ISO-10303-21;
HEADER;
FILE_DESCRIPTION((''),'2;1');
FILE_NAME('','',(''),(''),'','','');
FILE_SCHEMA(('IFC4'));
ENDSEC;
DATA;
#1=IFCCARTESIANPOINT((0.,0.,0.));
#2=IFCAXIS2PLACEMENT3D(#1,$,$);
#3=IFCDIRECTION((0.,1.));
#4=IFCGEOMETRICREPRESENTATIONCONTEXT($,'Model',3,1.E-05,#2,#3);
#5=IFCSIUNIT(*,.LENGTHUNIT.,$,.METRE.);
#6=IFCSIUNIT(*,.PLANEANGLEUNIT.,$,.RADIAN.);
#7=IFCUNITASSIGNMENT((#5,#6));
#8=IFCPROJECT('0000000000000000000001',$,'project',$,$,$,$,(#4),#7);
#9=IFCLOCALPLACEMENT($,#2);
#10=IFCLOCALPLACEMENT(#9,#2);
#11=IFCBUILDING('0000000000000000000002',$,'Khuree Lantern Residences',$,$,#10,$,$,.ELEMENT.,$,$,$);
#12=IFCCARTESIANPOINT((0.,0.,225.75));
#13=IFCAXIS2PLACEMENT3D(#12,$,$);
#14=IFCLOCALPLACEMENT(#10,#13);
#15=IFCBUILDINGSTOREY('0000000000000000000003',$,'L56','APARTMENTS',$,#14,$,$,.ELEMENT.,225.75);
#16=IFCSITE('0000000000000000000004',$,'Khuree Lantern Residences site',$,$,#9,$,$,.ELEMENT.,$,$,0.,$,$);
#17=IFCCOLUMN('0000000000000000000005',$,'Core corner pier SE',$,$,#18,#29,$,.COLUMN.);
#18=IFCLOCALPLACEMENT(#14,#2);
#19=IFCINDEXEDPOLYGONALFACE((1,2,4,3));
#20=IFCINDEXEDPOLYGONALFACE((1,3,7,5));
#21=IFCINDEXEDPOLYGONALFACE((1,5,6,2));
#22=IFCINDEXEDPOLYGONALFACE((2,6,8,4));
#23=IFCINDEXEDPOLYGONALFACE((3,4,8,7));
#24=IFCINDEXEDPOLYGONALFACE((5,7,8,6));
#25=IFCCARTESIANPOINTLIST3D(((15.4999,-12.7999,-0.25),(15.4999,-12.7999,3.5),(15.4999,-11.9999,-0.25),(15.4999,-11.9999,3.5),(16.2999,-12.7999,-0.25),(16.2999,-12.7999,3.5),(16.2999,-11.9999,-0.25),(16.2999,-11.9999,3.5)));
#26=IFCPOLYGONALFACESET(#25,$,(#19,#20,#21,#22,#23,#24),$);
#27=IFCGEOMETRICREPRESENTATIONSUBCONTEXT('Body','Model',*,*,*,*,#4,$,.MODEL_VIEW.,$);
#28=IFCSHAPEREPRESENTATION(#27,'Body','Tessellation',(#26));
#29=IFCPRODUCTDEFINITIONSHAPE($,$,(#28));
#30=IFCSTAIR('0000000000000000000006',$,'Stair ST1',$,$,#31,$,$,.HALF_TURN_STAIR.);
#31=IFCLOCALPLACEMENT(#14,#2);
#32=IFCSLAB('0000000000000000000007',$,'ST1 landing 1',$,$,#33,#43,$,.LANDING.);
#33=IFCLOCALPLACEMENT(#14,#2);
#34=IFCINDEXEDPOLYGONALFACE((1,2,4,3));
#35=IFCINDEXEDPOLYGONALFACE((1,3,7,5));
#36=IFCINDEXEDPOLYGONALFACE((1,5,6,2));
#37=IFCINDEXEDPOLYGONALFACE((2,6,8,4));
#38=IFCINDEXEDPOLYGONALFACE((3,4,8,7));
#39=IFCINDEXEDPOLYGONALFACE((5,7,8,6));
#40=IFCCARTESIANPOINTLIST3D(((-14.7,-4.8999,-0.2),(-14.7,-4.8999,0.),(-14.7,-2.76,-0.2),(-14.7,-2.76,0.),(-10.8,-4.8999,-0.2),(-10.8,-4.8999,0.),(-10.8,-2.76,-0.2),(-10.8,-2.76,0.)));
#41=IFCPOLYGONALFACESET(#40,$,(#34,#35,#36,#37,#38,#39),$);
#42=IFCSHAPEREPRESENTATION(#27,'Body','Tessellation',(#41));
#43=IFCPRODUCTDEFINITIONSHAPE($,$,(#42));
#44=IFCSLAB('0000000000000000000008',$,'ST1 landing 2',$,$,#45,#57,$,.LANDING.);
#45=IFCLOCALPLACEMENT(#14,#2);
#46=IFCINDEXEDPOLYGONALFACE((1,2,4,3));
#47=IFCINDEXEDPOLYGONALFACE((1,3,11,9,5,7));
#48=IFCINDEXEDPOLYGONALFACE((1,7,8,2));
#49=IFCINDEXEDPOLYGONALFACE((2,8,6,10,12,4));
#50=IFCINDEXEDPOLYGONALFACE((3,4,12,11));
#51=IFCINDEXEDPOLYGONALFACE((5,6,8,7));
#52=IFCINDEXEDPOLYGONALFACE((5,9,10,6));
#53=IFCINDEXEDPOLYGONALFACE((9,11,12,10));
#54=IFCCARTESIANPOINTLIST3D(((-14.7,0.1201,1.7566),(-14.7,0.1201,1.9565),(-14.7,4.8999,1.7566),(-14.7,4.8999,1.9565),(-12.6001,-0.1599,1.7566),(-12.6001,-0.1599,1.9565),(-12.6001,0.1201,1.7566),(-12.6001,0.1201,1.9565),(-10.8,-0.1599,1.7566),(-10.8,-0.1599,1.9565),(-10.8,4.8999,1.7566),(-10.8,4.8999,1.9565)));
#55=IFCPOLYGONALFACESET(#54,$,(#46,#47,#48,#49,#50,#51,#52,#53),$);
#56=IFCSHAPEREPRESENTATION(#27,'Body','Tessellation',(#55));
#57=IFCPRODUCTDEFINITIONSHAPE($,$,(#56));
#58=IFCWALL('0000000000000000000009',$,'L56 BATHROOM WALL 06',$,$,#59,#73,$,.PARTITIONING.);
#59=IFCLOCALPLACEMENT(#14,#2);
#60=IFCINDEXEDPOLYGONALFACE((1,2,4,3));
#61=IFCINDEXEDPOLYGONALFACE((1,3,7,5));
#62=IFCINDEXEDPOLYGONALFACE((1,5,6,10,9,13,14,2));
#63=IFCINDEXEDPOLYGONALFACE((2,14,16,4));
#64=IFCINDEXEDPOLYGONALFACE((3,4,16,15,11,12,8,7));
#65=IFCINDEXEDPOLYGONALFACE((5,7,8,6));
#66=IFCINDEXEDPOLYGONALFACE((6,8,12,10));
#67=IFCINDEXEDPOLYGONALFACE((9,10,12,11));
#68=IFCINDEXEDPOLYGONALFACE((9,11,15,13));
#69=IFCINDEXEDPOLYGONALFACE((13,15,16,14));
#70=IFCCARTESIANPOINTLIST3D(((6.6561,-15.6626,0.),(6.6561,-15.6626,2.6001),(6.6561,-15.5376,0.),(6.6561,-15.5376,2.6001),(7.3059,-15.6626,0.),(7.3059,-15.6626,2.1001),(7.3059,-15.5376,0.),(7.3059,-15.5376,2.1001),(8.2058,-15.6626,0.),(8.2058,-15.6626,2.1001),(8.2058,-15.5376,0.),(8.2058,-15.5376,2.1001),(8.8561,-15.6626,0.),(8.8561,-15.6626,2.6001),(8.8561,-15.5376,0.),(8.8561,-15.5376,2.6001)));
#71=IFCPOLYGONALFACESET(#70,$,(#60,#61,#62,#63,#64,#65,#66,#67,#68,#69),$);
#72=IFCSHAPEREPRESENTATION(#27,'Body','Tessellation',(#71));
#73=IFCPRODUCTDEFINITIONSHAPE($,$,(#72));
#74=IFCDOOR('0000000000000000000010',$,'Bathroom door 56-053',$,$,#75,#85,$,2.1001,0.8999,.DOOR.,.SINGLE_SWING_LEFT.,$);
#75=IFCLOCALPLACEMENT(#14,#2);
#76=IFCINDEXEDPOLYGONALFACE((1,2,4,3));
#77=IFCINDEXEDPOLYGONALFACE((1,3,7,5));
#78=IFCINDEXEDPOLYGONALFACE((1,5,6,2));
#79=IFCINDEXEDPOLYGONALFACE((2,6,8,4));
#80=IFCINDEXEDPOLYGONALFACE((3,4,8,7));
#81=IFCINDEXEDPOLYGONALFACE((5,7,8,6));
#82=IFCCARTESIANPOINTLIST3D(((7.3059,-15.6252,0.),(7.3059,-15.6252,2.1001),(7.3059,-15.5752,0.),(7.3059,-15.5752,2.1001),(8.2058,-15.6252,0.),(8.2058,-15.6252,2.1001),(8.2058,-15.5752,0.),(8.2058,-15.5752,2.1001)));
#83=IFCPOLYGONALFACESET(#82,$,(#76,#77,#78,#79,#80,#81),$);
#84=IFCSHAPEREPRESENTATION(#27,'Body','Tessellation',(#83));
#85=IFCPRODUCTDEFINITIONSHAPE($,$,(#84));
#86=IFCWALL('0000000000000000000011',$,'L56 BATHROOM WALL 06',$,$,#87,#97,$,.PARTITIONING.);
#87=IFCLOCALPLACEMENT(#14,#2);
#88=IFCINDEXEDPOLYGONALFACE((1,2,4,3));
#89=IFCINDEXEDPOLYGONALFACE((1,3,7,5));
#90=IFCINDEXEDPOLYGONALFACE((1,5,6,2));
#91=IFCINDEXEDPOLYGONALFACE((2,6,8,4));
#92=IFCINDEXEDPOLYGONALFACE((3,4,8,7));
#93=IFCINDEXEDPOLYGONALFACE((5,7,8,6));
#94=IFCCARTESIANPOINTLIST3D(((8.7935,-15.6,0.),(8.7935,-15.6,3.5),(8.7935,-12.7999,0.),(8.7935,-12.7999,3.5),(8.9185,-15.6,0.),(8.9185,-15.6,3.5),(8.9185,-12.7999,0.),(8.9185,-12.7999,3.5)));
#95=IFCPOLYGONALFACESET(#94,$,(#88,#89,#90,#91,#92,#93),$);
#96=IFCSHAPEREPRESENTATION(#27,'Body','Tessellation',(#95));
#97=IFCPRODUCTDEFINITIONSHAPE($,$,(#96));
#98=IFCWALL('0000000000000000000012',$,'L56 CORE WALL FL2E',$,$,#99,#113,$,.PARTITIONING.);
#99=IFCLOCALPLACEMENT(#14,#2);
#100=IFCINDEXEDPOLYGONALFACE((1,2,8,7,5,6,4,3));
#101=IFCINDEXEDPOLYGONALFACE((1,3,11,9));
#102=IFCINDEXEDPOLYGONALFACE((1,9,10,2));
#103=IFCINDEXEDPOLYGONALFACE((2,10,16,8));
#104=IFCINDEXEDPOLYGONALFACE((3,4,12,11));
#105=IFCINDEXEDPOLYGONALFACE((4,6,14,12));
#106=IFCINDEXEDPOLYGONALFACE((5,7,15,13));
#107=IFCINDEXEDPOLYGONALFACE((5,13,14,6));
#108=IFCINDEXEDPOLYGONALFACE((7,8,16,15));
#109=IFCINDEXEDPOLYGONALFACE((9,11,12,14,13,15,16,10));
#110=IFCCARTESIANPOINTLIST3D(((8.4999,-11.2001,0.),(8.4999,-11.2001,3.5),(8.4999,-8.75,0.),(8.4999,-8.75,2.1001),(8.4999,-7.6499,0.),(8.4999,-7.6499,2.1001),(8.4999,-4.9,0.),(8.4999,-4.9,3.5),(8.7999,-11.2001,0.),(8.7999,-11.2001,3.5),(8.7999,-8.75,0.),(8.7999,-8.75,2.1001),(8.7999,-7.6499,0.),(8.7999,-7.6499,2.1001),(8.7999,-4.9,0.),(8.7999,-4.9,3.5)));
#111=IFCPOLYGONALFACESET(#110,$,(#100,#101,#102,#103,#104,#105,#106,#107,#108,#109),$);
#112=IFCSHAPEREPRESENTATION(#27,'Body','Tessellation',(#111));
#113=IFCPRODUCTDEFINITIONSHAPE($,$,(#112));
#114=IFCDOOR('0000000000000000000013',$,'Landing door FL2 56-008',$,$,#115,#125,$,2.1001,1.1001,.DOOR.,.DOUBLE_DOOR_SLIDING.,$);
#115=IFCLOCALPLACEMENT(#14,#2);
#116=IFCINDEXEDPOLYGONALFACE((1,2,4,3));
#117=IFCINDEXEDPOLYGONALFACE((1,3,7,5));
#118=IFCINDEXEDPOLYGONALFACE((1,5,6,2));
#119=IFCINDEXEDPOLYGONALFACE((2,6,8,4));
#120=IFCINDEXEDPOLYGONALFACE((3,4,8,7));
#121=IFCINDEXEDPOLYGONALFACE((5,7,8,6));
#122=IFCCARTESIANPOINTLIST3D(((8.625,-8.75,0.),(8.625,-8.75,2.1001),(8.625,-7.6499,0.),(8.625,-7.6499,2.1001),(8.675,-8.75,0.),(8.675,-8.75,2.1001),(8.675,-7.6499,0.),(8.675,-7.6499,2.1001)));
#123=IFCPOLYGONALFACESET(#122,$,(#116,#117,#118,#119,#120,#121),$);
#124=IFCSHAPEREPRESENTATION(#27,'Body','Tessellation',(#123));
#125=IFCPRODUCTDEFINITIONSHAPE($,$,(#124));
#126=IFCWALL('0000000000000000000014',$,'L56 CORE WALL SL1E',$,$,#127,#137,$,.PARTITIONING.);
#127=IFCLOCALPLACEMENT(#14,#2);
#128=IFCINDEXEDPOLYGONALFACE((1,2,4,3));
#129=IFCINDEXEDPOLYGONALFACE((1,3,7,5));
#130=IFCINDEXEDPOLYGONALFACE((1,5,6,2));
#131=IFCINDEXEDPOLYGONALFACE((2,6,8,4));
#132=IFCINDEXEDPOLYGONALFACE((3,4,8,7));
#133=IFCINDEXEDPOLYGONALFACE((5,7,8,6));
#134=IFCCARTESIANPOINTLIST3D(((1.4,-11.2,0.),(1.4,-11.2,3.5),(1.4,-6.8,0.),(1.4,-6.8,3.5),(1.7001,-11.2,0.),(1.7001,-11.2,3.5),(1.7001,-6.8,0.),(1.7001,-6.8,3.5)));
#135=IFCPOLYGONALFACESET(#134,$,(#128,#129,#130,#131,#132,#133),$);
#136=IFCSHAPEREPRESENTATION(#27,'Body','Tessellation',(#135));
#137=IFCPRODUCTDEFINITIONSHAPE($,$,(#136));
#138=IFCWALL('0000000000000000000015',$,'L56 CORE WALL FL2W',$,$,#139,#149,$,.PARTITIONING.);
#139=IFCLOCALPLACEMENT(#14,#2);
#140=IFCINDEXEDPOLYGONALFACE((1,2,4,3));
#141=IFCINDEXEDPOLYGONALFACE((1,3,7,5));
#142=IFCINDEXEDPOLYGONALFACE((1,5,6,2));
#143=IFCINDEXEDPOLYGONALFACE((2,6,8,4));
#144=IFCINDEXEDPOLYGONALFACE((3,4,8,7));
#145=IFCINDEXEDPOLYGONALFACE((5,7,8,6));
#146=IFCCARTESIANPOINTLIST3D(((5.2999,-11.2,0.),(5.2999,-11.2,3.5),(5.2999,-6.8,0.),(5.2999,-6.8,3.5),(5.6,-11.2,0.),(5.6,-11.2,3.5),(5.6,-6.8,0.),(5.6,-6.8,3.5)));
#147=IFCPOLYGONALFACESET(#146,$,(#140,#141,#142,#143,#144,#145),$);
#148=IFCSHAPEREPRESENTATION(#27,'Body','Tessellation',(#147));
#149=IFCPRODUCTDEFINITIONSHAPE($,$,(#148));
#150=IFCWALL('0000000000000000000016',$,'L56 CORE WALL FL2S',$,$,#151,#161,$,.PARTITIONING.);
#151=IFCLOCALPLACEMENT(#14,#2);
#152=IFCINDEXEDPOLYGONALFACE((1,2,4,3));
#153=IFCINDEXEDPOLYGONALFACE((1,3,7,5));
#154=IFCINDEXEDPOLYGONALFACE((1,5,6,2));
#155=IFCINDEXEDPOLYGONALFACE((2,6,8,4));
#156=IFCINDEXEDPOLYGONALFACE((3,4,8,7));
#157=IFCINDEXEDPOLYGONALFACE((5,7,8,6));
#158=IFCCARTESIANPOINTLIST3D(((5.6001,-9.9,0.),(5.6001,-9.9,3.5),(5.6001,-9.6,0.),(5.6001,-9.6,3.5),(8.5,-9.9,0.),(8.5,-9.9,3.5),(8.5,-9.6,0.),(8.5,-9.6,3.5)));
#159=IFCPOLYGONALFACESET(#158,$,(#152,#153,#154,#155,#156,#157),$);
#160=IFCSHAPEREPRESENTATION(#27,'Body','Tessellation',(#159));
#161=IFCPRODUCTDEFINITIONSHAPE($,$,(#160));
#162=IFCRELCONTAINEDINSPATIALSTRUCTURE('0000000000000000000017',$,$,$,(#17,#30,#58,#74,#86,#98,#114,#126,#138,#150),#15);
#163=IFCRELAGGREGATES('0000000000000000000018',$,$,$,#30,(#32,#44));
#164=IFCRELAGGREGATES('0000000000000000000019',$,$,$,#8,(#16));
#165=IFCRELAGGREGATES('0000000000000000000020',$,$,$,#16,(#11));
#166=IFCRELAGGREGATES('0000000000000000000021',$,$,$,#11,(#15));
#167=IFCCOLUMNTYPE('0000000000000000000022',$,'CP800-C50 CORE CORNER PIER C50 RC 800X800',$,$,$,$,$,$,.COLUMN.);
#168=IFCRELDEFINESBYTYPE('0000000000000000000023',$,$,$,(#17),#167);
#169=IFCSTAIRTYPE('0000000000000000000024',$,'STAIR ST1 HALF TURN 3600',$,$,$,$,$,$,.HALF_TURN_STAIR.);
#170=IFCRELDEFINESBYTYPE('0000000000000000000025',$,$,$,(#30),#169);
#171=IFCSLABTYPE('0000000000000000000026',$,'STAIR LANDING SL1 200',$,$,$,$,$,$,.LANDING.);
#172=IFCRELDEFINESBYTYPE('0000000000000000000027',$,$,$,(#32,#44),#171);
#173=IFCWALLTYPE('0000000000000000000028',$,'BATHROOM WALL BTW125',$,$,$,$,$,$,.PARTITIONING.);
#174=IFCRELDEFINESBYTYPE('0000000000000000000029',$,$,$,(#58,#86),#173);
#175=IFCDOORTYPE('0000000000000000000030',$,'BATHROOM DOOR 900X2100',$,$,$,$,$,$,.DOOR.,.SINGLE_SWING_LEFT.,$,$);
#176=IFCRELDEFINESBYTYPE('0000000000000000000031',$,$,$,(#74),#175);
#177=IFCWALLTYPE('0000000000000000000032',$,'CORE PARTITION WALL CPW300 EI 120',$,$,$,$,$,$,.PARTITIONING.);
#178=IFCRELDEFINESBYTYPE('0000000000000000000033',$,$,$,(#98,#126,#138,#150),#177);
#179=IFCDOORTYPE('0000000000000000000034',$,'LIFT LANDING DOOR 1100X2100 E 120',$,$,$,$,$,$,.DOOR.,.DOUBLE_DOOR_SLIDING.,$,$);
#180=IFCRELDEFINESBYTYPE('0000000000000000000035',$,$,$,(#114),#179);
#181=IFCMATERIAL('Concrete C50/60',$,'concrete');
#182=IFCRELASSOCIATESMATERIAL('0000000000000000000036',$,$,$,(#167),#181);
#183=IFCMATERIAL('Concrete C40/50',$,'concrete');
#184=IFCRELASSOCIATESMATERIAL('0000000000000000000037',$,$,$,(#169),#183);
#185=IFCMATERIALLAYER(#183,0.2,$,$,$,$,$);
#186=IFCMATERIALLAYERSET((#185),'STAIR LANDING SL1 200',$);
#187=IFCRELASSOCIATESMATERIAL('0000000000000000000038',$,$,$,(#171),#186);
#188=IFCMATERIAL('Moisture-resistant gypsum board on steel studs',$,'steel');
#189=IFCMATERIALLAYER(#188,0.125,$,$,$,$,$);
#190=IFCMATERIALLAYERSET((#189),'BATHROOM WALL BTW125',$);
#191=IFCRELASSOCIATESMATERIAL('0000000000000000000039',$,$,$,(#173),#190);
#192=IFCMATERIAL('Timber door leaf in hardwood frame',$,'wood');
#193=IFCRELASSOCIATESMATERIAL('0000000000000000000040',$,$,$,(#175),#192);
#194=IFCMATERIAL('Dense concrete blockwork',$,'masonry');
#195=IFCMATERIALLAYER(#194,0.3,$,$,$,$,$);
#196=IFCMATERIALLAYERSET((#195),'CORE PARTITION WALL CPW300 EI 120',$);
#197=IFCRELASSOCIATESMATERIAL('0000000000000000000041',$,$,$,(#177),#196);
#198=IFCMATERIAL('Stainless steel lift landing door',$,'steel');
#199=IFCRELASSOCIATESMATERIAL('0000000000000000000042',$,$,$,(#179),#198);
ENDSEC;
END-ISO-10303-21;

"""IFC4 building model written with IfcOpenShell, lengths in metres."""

from ifc_helpers import new_model, si_unit, direction, frame, frame_2d, origin, origin_2d, place, context, subcontext, project, spatial, polyline, rectangle, outline, extrude, material, layer, layer_set, material_profile, profile_set, type_object, element, fill, aggregate, save


model = new_model("IFC4")

# Units and contexts
model_context = context("Model", 3, precision=1e-05, world=origin(), true_north=direction((0.0, 1.0)))
body_context = subcontext(model_context, "Body", "Model", "MODEL_VIEW")
ifc_project = project(units=[si_unit("LENGTHUNIT", "METRE"), si_unit("PLANEANGLEUNIT", "RADIAN")], contexts=[model_context])

# Site, building, storey
site_placement = place(None, origin())
site = spatial("IfcSite", under=ifc_project, at=site_placement, Name="Khuree Lantern Residences site", CompositionType="ELEMENT", RefElevation=0.0)
building_placement = place(site_placement, origin())
building = spatial("IfcBuilding", under=site, at=building_placement, Name="Khuree Lantern Residences", CompositionType="ELEMENT")
storey_placement = place(building_placement, frame((0.0, 0.0, 225.75)))
storey = spatial("IfcBuildingStorey", under=building, at=storey_placement, Name="L56", Description="APARTMENTS", CompositionType="ELEMENT", Elevation=225.75)

# Column
ifc_material_1 = material(Name="Concrete C50/60", Category="concrete")
ifc_material_profile = material_profile(ifc_material_1, rectangle(XDim=0.8, YDim=0.8, at=origin_2d()), Name="RC 800X800")
ifc_profile_set = profile_set([ifc_material_profile], Name="Concrete C50/60")
column_type = type_object("IfcColumnType", Name="CP800-C50 CORE CORNER PIER C50 RC 800X800", PredefinedType="COLUMN", material=ifc_profile_set)
column_placement = place(storey_placement, frame((15.8999, -12.3999, -0.25), z_axis=(0.0, 0.0, 1.0), x_axis=(1.0, 0.0, 0.0)))
element("IfcColumn", 1, at=column_placement, inside=storey, type_object=column_type, Name="Core corner pier SE", PredefinedType="COLUMN", context=body_context, shape_type="SweptSolid", body=[
    extrude(rectangle(XDim=0.8, YDim=0.8, at=origin_2d()), origin(), (0.0, 0.0, 1.0), 3.75),
])

# Stair, slabs
ifc_material_2 = material(Name="Concrete C40/50", Category="concrete")
stair_type = type_object("IfcStairType", Name="STAIR ST1 HALF TURN 3600", PredefinedType="HALF_TURN_STAIR", material=ifc_material_2)
stair_1_placement = place(storey_placement, origin())
stair_1 = element("IfcStair", 2, at=stair_1_placement, inside=storey, type_object=stair_type, Name="Stair ST1", PredefinedType="HALF_TURN_STAIR")
ifc_layer_1 = layer(ifc_material_2, 0.2)
ifc_layer_set_1 = layer_set([ifc_layer_1], Name="STAIR LANDING SL1 200")
slab_type = type_object("IfcSlabType", Name="STAIR LANDING SL1 200", PredefinedType="LANDING", material=ifc_layer_set_1)
slab_1_placement = place(storey_placement, frame((0.0, 0.0, -0.2)))
slab_1 = element("IfcSlab", 3, at=slab_1_placement, type_object=slab_type, Name="ST1 landing 1", PredefinedType="LANDING", context=body_context, shape_type="SweptSolid", body=[
    extrude(outline(polyline([(-14.7, -4.8999), (-10.8, -4.8999), (-10.8, -2.76), (-14.7, -2.76), (-14.7, -4.8999)])), origin(), (0.0, 0.0, 1.0), 0.2),
])
slab_2_placement = place(storey_placement, frame((0.0, 0.0, 1.7566)))
slab_2 = element("IfcSlab", 4, at=slab_2_placement, type_object=slab_type, Name="ST1 landing 2", PredefinedType="LANDING", context=body_context, shape_type="SweptSolid", body=[
    extrude(outline(polyline([(-14.7, 0.1201), (-14.7, 4.8999), (-10.8, 4.8999), (-10.8, -0.1599), (-12.6001, -0.1599), (-12.6001, 0.1201), (-14.7, 0.1201)])), origin(), (0.0, 0.0, 1.0), 0.2),
])
aggregate(stair_1, [slab_1, slab_2])

# Wall, opening, door
ifc_material_3 = material(Name="Moisture-resistant gypsum board on steel studs", Category="steel")
ifc_layer_2 = layer(ifc_material_3, 0.125)
ifc_layer_set_2 = layer_set([ifc_layer_2], Name="BATHROOM WALL BTW125")
wall_type_1 = type_object("IfcWallType", Name="BATHROOM WALL BTW125", PredefinedType="PARTITIONING", material=ifc_layer_set_2)
wall_1_placement = place(storey_placement, frame((6.656, -15.6001, 0.0), z_axis=(0.0, 0.0, 1.0), x_axis=(1.0, 0.0, 0.0)))
wall_1 = element("IfcWall", 5, at=wall_1_placement, inside=storey, type_object=wall_type_1, Name="L56 BATHROOM WALL 06", PredefinedType="PARTITIONING", context=body_context, shape_type="SweptSolid", body=[
    extrude(rectangle(XDim=2.2, YDim=0.125, at=frame_2d((1.1001, 0.0))), origin(), (0.0, 0.0, 1.0), 2.6001),
])
opening_1_placement = place(wall_1_placement, frame((0.6499, 0.0, 0.0)))
opening_1 = element("IfcOpeningElement", 6, at=opening_1_placement, cuts=wall_1, PredefinedType="OPENING", context=body_context, shape_type="SweptSolid", body=[
    extrude(rectangle(XDim=0.8999, YDim=2.1001, at=frame_2d((0.45, 1.05))), frame((0.0, 0.0725, 0.0), z_axis=(0.0, -1.0, 0.0), x_axis=(1.0, 0.0, 0.0)), (0.0, 0.0, 1.0), 0.145),
])
ifc_material_4 = material(Name="Timber door leaf in hardwood frame", Category="wood")
door_type_1 = type_object("IfcDoorType", Name="BATHROOM DOOR 900X2100", OperationType="SINGLE_SWING_LEFT", PredefinedType="DOOR", material=ifc_material_4)
door_1_placement = place(opening_1_placement, origin())
door_1 = element("IfcDoor", 7, at=door_1_placement, inside=storey, type_object=door_type_1, Name="Bathroom door 56-053", OperationType="SINGLE_SWING_LEFT", OverallHeight=2.1001, OverallWidth=0.8999, PredefinedType="DOOR", context=body_context, shape_type="SweptSolid", body=[
    extrude(rectangle(XDim=0.8999, YDim=2.1001, at=frame_2d((0.45, 1.05))), frame((0.0, 0.0249, 0.0), z_axis=(0.0, -1.0, 0.0), x_axis=(1.0, 0.0, 0.0)), (0.0, 0.0, 1.0), 0.05),
])
fill(opening_1, door_1)

# Wall
wall_2_placement = place(storey_placement, frame((8.856, -12.8, 0.0), z_axis=(0.0, 0.0, 1.0), x_axis=(0.0, -1.0, 0.0)))
element("IfcWall", 8, at=wall_2_placement, inside=storey, type_object=wall_type_1, Name="L56 BATHROOM WALL 06", PredefinedType="PARTITIONING", context=body_context, shape_type="SweptSolid", body=[
    extrude(rectangle(XDim=2.8, YDim=0.125, at=frame_2d((1.3999, 0.0))), origin(), (0.0, 0.0, 1.0), 3.5),
])

# Wall, opening, door
ifc_material_5 = material(Name="Dense concrete blockwork", Category="masonry")
ifc_layer_3 = layer(ifc_material_5, 0.3)
ifc_layer_set_3 = layer_set([ifc_layer_3], Name="CORE PARTITION WALL CPW300 EI 120")
wall_type_2 = type_object("IfcWallType", Name="CORE PARTITION WALL CPW300 EI 120", PredefinedType="PARTITIONING", material=ifc_layer_set_3)
wall_3_placement = place(storey_placement, frame((8.6499, -11.2, 0.0), z_axis=(0.0, 0.0, 1.0), x_axis=(0.0, 1.0, 0.0)))
wall_3 = element("IfcWall", 9, at=wall_3_placement, inside=storey, type_object=wall_type_2, Name="L56 CORE WALL FL2E", PredefinedType="PARTITIONING", context=body_context, shape_type="SweptSolid", body=[
    extrude(rectangle(XDim=6.3, YDim=0.3, at=frame_2d((3.1499, 0.0))), origin(), (0.0, 0.0, 1.0), 3.5),
])
opening_2_placement = place(wall_3_placement, frame((2.45, 0.0, 0.0)))
opening_2 = element("IfcOpeningElement", 10, at=opening_2_placement, cuts=wall_3, PredefinedType="OPENING", context=body_context, shape_type="SweptSolid", body=[
    extrude(rectangle(XDim=1.1001, YDim=2.1001, at=frame_2d((0.55, 1.05))), frame((0.0, 0.1602, 0.0), z_axis=(0.0, -1.0, 0.0), x_axis=(1.0, 0.0, 0.0)), (0.0, 0.0, 1.0), 0.3201),
])
ifc_material_6 = material(Name="Stainless steel lift landing door", Category="steel")
door_type_2 = type_object("IfcDoorType", Name="LIFT LANDING DOOR 1100X2100 E 120", OperationType="DOUBLE_DOOR_SLIDING", PredefinedType="DOOR", material=ifc_material_6)
door_2_placement = place(opening_2_placement, origin())
door_2 = element("IfcDoor", 11, at=door_2_placement, inside=storey, type_object=door_type_2, Name="Landing door FL2 56-008", OperationType="DOUBLE_DOOR_SLIDING", OverallHeight=2.1001, OverallWidth=1.1001, PredefinedType="DOOR", context=body_context, shape_type="SweptSolid", body=[
    extrude(rectangle(XDim=1.1001, YDim=2.1001, at=frame_2d((0.55, 1.05))), frame((0.0, 0.0249, 0.0), z_axis=(0.0, -1.0, 0.0), x_axis=(1.0, 0.0, 0.0)), (0.0, 0.0, 1.0), 0.05),
])
fill(opening_2, door_2)

# Walls
for number, where, z_axis, x_axis, name in (
    (12, (1.55, -11.2, 0.0), (0.0, 0.0, 1.0), (0.0, 1.0, 0.0), "L56 CORE WALL SL1E"),
    (13, (5.45, -11.2, 0.0), (0.0, 0.0, 1.0), (0.0, 1.0, 0.0), "L56 CORE WALL FL2W"),
):
    element("IfcWall", number, at=place(storey_placement, frame(where, z_axis=z_axis, x_axis=x_axis)), inside=storey, type_object=wall_type_2, Name=name, PredefinedType="PARTITIONING", context=body_context, shape_type="SweptSolid", body=[
        extrude(rectangle(XDim=4.3999, YDim=0.3, at=frame_2d((2.2, 0.0))), origin(), (0.0, 0.0, 1.0), 3.5),
    ])
wall_4_placement = place(storey_placement, frame((5.6001, -9.75, 0.0), z_axis=(0.0, 0.0, 1.0), x_axis=(1.0, 0.0, 0.0)))
element("IfcWall", 14, at=wall_4_placement, inside=storey, type_object=wall_type_2, Name="L56 CORE WALL FL2S", PredefinedType="PARTITIONING", context=body_context, shape_type="SweptSolid", body=[
    extrude(rectangle(XDim=2.8999, YDim=0.3, at=frame_2d((1.45, 0.0))), origin(), (0.0, 0.0, 1.0), 3.5),
])

save(model, "model.ifc")
